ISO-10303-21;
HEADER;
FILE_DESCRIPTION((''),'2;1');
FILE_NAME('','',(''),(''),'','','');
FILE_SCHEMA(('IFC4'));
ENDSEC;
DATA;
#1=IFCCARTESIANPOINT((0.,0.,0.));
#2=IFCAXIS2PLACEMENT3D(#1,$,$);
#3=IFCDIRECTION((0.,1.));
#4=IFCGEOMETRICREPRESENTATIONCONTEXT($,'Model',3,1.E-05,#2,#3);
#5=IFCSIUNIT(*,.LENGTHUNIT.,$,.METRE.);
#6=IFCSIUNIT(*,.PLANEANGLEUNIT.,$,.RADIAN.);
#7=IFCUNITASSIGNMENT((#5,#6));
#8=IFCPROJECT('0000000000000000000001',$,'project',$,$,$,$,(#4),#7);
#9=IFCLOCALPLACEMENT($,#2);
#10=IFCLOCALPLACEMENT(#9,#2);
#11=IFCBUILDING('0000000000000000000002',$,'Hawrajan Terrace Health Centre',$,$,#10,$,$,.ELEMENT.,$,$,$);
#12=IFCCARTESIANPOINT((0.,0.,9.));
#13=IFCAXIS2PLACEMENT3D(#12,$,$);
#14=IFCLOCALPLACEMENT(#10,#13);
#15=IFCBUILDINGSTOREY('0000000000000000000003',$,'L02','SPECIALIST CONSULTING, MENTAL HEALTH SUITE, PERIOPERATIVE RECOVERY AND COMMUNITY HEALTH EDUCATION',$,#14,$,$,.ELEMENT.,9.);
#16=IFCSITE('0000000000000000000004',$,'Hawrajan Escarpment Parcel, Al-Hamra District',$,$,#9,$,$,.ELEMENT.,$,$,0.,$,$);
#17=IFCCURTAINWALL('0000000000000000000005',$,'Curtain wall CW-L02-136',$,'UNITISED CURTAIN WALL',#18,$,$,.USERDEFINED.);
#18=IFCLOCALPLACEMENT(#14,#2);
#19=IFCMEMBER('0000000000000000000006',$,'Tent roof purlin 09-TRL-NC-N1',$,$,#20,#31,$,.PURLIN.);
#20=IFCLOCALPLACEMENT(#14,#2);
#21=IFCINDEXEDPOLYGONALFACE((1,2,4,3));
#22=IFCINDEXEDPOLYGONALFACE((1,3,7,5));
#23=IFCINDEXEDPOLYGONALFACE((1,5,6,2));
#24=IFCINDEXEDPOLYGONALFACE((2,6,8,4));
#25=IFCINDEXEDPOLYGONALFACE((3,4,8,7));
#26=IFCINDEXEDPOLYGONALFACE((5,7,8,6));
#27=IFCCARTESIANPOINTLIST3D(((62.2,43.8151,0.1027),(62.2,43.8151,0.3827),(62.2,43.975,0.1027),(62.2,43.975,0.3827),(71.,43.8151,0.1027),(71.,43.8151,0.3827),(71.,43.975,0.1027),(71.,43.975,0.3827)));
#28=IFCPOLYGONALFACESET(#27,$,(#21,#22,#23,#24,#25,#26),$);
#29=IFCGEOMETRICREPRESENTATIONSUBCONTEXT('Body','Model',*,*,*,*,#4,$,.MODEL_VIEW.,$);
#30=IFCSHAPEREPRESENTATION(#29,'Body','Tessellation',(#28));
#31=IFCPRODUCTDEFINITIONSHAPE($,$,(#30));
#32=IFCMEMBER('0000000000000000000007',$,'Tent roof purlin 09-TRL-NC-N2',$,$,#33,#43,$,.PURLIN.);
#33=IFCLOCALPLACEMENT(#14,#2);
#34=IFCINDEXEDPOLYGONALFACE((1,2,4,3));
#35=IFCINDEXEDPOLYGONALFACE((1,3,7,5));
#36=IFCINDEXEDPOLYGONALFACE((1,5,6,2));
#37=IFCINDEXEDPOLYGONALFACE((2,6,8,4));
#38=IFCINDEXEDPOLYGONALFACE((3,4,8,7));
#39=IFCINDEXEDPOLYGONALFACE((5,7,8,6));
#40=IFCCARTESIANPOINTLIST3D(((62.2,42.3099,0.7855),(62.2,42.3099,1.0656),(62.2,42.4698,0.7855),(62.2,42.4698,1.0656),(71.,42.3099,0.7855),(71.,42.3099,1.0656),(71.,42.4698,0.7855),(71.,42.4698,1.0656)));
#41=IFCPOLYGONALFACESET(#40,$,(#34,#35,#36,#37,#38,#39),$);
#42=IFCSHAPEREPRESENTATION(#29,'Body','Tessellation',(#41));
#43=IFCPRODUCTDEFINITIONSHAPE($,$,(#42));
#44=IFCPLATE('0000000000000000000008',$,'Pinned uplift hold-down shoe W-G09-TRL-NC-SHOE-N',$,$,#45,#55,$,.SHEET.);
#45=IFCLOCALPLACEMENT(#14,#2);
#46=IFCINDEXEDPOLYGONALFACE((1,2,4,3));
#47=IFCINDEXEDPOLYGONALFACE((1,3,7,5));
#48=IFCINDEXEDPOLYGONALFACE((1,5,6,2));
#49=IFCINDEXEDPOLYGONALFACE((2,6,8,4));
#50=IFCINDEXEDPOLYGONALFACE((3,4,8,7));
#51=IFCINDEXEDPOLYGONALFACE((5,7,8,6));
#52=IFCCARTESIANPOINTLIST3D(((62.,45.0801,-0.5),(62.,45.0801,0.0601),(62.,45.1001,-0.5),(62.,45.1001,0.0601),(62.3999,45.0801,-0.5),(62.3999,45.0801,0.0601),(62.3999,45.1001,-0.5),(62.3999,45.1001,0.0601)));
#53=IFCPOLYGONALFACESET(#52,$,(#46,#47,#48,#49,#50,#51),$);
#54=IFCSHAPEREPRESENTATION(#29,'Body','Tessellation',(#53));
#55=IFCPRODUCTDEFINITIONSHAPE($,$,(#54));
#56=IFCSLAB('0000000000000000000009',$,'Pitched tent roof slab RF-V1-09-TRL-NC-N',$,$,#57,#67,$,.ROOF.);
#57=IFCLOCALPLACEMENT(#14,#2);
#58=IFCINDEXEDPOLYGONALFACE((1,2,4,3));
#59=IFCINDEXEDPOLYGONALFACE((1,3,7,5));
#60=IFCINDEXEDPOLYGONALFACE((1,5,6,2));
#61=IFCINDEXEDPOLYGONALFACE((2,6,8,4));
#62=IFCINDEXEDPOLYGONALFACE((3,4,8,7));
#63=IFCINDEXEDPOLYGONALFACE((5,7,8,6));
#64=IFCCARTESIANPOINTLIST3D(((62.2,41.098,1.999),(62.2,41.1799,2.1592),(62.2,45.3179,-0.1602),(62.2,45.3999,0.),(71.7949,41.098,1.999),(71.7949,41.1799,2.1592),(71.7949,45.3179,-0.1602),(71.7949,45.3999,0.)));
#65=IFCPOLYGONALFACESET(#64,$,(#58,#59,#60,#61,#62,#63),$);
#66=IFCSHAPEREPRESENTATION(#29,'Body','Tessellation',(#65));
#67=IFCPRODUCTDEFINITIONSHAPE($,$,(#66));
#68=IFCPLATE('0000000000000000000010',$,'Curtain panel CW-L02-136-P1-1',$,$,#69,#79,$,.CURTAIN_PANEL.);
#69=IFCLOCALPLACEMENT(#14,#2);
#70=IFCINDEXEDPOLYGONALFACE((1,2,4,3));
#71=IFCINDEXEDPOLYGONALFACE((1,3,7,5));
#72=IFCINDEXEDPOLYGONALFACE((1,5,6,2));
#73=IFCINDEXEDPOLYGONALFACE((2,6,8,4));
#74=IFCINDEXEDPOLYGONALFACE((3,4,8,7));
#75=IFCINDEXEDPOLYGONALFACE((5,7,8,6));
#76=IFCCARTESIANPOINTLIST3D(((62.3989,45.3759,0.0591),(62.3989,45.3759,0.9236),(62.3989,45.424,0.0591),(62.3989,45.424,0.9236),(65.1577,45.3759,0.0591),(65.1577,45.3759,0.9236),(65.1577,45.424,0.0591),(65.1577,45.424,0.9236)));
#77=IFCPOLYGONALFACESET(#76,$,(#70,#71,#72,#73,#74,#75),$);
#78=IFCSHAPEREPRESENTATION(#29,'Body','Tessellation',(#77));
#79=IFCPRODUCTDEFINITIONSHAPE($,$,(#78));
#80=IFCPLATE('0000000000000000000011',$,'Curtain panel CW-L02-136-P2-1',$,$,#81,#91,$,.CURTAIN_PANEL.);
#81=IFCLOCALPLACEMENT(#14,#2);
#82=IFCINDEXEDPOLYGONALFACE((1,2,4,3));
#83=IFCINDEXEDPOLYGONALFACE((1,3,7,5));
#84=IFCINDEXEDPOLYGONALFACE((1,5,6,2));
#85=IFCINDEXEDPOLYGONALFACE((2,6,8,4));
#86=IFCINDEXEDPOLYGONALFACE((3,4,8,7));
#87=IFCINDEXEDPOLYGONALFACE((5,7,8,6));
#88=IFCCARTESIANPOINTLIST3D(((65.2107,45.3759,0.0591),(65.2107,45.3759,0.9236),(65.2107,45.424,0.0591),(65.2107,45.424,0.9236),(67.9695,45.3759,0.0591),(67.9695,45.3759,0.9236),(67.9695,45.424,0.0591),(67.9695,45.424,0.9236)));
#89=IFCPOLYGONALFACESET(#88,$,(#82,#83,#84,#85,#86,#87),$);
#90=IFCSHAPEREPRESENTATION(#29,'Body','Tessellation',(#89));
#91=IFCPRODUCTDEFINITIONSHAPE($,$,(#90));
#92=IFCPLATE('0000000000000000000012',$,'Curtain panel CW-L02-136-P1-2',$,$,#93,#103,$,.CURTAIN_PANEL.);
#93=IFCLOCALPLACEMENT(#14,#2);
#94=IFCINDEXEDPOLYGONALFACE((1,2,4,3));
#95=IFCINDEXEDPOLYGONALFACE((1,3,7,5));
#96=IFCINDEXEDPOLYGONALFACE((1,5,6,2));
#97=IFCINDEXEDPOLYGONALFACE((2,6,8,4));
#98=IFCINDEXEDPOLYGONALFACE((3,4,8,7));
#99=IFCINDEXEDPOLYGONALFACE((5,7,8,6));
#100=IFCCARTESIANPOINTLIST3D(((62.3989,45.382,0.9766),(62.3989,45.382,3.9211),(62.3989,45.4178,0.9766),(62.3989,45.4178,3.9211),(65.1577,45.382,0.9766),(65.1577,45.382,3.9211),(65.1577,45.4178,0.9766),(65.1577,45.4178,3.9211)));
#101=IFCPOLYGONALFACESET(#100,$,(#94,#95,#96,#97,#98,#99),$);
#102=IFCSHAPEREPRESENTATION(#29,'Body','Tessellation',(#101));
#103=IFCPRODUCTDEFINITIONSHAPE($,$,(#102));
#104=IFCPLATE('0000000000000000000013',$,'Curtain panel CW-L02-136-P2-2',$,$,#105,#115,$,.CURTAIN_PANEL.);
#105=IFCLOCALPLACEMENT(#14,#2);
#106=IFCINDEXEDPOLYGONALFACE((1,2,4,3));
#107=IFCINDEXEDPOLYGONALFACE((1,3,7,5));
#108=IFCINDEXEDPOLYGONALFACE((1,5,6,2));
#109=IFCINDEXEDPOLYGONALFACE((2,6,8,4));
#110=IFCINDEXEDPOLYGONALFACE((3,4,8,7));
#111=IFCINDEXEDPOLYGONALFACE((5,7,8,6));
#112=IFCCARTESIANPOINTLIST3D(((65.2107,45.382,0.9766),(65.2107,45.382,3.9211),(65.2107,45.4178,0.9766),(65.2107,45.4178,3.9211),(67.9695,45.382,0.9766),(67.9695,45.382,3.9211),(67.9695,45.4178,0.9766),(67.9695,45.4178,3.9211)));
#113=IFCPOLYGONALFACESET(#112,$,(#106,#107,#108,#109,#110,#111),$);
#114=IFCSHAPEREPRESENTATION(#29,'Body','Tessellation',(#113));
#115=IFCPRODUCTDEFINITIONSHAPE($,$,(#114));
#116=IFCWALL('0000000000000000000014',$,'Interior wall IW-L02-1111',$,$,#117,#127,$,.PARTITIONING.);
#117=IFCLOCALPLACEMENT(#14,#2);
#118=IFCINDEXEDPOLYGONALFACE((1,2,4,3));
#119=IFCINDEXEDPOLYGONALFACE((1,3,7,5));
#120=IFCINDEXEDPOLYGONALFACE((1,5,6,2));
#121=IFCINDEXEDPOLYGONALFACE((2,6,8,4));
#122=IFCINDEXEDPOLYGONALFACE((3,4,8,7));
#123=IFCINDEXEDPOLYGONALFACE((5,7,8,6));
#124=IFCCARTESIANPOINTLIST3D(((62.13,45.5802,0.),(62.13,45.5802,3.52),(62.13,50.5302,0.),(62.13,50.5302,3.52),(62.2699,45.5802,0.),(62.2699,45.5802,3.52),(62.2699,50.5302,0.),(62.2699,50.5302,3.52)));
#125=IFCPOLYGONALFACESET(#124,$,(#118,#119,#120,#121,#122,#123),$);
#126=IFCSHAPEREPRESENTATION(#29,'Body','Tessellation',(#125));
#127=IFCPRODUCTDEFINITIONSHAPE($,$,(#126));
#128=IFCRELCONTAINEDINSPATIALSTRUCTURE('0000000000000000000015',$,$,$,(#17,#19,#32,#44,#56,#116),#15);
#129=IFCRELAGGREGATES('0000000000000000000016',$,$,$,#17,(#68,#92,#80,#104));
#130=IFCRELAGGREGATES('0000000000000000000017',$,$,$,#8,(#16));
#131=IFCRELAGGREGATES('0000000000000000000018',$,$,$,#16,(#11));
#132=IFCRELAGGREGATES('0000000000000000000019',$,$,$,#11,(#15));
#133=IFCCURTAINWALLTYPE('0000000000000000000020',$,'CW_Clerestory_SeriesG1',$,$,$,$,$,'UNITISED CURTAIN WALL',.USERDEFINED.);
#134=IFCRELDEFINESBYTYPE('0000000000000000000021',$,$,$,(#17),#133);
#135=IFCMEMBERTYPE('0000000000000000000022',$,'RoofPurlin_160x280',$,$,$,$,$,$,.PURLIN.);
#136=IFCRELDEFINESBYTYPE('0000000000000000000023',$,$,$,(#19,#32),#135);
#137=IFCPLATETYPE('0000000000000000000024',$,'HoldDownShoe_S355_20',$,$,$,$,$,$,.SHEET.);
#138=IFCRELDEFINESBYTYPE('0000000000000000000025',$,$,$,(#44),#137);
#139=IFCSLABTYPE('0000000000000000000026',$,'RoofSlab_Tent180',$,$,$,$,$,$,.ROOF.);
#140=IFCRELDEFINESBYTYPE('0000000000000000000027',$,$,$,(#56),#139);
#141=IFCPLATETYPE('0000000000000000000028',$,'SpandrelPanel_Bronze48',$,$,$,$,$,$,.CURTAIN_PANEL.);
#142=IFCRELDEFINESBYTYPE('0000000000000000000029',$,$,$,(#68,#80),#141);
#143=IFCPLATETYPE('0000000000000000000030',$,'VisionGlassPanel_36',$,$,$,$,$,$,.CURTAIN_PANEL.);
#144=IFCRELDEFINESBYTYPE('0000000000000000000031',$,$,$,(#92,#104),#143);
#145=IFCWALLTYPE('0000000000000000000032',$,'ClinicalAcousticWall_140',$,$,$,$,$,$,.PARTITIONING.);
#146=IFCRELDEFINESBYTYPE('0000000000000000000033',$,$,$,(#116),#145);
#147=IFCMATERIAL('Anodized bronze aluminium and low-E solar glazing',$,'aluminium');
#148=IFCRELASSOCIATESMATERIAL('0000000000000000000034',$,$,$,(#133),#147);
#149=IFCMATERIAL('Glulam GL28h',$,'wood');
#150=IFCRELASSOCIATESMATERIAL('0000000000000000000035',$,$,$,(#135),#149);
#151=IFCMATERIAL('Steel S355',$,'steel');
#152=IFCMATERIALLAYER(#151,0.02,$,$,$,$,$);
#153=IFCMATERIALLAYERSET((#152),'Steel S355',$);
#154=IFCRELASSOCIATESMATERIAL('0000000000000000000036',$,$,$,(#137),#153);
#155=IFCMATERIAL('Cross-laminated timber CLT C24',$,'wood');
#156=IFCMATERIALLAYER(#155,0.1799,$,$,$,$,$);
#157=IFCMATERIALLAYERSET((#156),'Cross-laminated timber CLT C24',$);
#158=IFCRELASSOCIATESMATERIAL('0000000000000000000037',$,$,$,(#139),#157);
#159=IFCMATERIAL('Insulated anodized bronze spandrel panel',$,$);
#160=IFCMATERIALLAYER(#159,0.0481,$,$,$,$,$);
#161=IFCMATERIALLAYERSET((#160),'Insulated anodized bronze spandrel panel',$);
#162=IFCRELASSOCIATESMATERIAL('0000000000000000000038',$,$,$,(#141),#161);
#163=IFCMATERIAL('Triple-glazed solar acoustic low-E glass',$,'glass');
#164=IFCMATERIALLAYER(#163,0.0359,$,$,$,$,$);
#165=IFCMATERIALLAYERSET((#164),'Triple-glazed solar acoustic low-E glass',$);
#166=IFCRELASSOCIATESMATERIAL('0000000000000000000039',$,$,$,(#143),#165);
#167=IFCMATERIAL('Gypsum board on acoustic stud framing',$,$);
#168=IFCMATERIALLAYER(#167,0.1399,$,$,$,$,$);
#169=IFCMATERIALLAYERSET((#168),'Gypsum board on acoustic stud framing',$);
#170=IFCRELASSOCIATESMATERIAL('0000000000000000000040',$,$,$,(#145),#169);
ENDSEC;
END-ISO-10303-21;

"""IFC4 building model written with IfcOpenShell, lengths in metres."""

from ifc_helpers import new_model, si_unit, direction, frame, frame_2d, origin, origin_2d, place, context, subcontext, project, spatial, polyline, rectangle, outline, extrude, material, layer, layer_set, material_profile, profile_set, type_object, element, aggregate, save


model = new_model("IFC4")

# Units and contexts
model_context = context("Model", 3, precision=1e-05, world=origin(), true_north=direction((0.0, 1.0)))
body_context = subcontext(model_context, "Body", "Model", "MODEL_VIEW")
ifc_project = project(units=[si_unit("LENGTHUNIT", "METRE"), si_unit("PLANEANGLEUNIT", "RADIAN")], contexts=[model_context])

# Site, building, storey
site_placement = place(None, origin())
site = spatial("IfcSite", under=ifc_project, at=site_placement, Name="Hawrajan Escarpment Parcel, Al-Hamra District", CompositionType="ELEMENT", RefElevation=0.0)
building_placement = place(site_placement, origin())
building = spatial("IfcBuilding", under=site, at=building_placement, Name="Hawrajan Terrace Health Centre", CompositionType="ELEMENT")
storey_placement = place(building_placement, frame((0.0, 0.0, 9.0)))
storey = spatial("IfcBuildingStorey", under=building, at=storey_placement, Name="L02", Description="SPECIALIST CONSULTING, MENTAL HEALTH SUITE, PERIOPERATIVE RECOVERY AND COMMUNITY HEALTH EDUCATION", CompositionType="ELEMENT", Elevation=9.0)

# Curtain wall
ifc_material_1 = material(Name="Anodized bronze aluminium and low-E solar glazing", Category="aluminium")
curtain_wall_type = type_object("IfcCurtainWallType", Name="CW_Clerestory_SeriesG1", ElementType="UNITISED CURTAIN WALL", PredefinedType="USERDEFINED", material=ifc_material_1)
curtain_wall_placement = place(storey_placement, origin())
curtain_wall = element("IfcCurtainWall", 1, at=curtain_wall_placement, inside=storey, type_object=curtain_wall_type, Name="Curtain wall CW-L02-136", ObjectType="UNITISED CURTAIN WALL", PredefinedType="USERDEFINED")

# Shared definitions
ifc_material_2 = material(Name="Glulam GL28h", Category="wood")

# Members
ifc_material_profile_1 = material_profile(ifc_material_2, rectangle(XDim=0.1599, YDim=0.28, at=origin_2d()), Name="GL PUR 160x280")
ifc_profile_set_1 = profile_set([ifc_material_profile_1], Name="Glulam GL28h")
member_type_1 = type_object("IfcMemberType", Name="RoofPurlin_160x280", PredefinedType="PURLIN", material=ifc_profile_set_1)
for number, where, z_axis, x_axis, name in (
    (2, (62.2, 43.895, 0.2427), (1.0, 0.0, 0.0), (0.0, 1.0, 0.0), "Tent roof purlin 09-TRL-NC-N1"),
    (3, (62.2, 42.3899, 0.9255), (1.0, 0.0, 0.0), (0.0, 1.0, 0.0), "Tent roof purlin 09-TRL-NC-N2"),
):
    element("IfcMember", number, at=place(storey_placement, frame(where, z_axis=z_axis, x_axis=x_axis)), inside=storey, type_object=member_type_1, Name=name, PredefinedType="PURLIN", context=body_context, shape_type="SweptSolid", body=[
        extrude(rectangle(XDim=0.1599, YDim=0.28, at=origin_2d()), origin(), (0.0, 0.0, 1.0), 8.8),
    ])

# Plate
ifc_material_3 = material(Name="Steel S355", Category="steel")
ifc_layer_1 = layer(ifc_material_3, 0.02)
ifc_layer_set_1 = layer_set([ifc_layer_1], Name="Steel S355")
plate_type_1 = type_object("IfcPlateType", Name="HoldDownShoe_S355_20", PredefinedType="SHEET", material=ifc_layer_set_1)
plate_1_placement = place(storey_placement, frame((62.2, 45.0901, -0.5), z_axis=(0.0, 0.0, 1.0), x_axis=(1.0, 0.0, 0.0)))
element("IfcPlate", 4, at=plate_1_placement, inside=storey, type_object=plate_type_1, Name="Pinned uplift hold-down shoe W-G09-TRL-NC-SHOE-N", PredefinedType="SHEET", context=body_context, shape_type="SweptSolid", body=[
    extrude(rectangle(XDim=0.3999, YDim=0.02, at=origin_2d()), origin(), (0.0, 0.0, 1.0), 0.5601),
])

# Slab
ifc_material_4 = material(Name="Cross-laminated timber CLT C24", Category="wood")
ifc_layer_2 = layer(ifc_material_4, 0.1799)
ifc_layer_set_2 = layer_set([ifc_layer_2], Name="Cross-laminated timber CLT C24")
slab_type = type_object("IfcSlabType", Name="RoofSlab_Tent180", PredefinedType="ROOF", material=ifc_layer_set_2)
slab_placement = place(storey_placement, frame((62.2, 41.1799, 2.1592), z_axis=(0.0, 0.455497, 0.890237), x_axis=(1.0, 0.0, 0.0)))
element("IfcSlab", 5, at=slab_placement, inside=storey, type_object=slab_type, Name="Pitched tent roof slab RF-V1-09-TRL-NC-N", PredefinedType="ROOF", context=body_context, shape_type="SweptSolid", body=[
    extrude(outline(polyline([(0.0, 0.0), (9.595, 0.0), (9.595, 4.7403), (0.0, 4.7403), (0.0, 0.0)])), origin(), (0.0, 0.0, -1.0), 0.1799),
])

# Plates
ifc_material_5 = material(Name="Insulated anodized bronze spandrel panel")
ifc_layer_3 = layer(ifc_material_5, 0.0481)
ifc_layer_set_3 = layer_set([ifc_layer_3], Name="Insulated anodized bronze spandrel panel")
plate_type_2 = type_object("IfcPlateType", Name="SpandrelPanel_Bronze48", PredefinedType="CURTAIN_PANEL", material=ifc_layer_set_3)
plate_2_placement = place(storey_placement, frame((63.7783, 45.3999, 0.0591), z_axis=(0.0, 0.0, 1.0), x_axis=(1.0, 0.0, 0.0)))
plate_2 = element("IfcPlate", 6, at=plate_2_placement, type_object=plate_type_2, Name="Curtain panel CW-L02-136-P1-1", PredefinedType="CURTAIN_PANEL", context=body_context, shape_type="SweptSolid", body=[
    extrude(rectangle(XDim=2.7588, YDim=0.0481, at=origin_2d()), origin(), (0.0, 0.0, 1.0), 0.8645),
])
plate_3_placement = place(storey_placement, frame((66.5901, 45.3999, 0.0591), z_axis=(0.0, 0.0, 1.0), x_axis=(1.0, 0.0, 0.0)))
plate_3 = element("IfcPlate", 7, at=plate_3_placement, type_object=plate_type_2, Name="Curtain panel CW-L02-136-P2-1", PredefinedType="CURTAIN_PANEL", context=body_context, shape_type="SweptSolid", body=[
    extrude(rectangle(XDim=2.7588, YDim=0.0481, at=origin_2d()), origin(), (0.0, 0.0, 1.0), 0.8645),
])
ifc_material_6 = material(Name="Triple-glazed solar acoustic low-E glass", Category="glass")
ifc_layer_4 = layer(ifc_material_6, 0.0359)
ifc_layer_set_4 = layer_set([ifc_layer_4], Name="Triple-glazed solar acoustic low-E glass")
plate_type_3 = type_object("IfcPlateType", Name="VisionGlassPanel_36", PredefinedType="CURTAIN_PANEL", material=ifc_layer_set_4)
plate_4_placement = place(storey_placement, frame((63.7783, 45.3999, 0.9766), z_axis=(0.0, 0.0, 1.0), x_axis=(1.0, 0.0, 0.0)))
plate_4 = element("IfcPlate", 8, at=plate_4_placement, type_object=plate_type_3, Name="Curtain panel CW-L02-136-P1-2", PredefinedType="CURTAIN_PANEL", context=body_context, shape_type="SweptSolid", body=[
    extrude(rectangle(XDim=2.7588, YDim=0.0359, at=origin_2d()), origin(), (0.0, 0.0, 1.0), 2.9446),
])
plate_5_placement = place(storey_placement, frame((66.5901, 45.3999, 0.9766), z_axis=(0.0, 0.0, 1.0), x_axis=(1.0, 0.0, 0.0)))
plate_5 = element("IfcPlate", 9, at=plate_5_placement, type_object=plate_type_3, Name="Curtain panel CW-L02-136-P2-2", PredefinedType="CURTAIN_PANEL", context=body_context, shape_type="SweptSolid", body=[
    extrude(rectangle(XDim=2.7588, YDim=0.0359, at=origin_2d()), origin(), (0.0, 0.0, 1.0), 2.9446),
])
aggregate(curtain_wall, [plate_2, plate_4, plate_3, plate_5])

# Wall
ifc_material_7 = material(Name="Gypsum board on acoustic stud framing")
ifc_layer_5 = layer(ifc_material_7, 0.1399)
ifc_layer_set_5 = layer_set([ifc_layer_5], Name="Gypsum board on acoustic stud framing")
wall_type = type_object("IfcWallType", Name="ClinicalAcousticWall_140", PredefinedType="PARTITIONING", material=ifc_layer_set_5)
wall_placement = place(storey_placement, frame((62.2, 45.5801, 0.0), z_axis=(0.0, 0.0, 1.0), x_axis=(0.0, 1.0, 0.0)))
element("IfcWall", 10, at=wall_placement, inside=storey, type_object=wall_type, Name="Interior wall IW-L02-1111", PredefinedType="PARTITIONING", context=body_context, shape_type="SweptSolid", body=[
    extrude(rectangle(XDim=4.95, YDim=0.1399, at=frame_2d((2.4751, 0.0))), origin(), (0.0, 0.0, 1.0), 3.52),
])

save(model, "model.ifc")
